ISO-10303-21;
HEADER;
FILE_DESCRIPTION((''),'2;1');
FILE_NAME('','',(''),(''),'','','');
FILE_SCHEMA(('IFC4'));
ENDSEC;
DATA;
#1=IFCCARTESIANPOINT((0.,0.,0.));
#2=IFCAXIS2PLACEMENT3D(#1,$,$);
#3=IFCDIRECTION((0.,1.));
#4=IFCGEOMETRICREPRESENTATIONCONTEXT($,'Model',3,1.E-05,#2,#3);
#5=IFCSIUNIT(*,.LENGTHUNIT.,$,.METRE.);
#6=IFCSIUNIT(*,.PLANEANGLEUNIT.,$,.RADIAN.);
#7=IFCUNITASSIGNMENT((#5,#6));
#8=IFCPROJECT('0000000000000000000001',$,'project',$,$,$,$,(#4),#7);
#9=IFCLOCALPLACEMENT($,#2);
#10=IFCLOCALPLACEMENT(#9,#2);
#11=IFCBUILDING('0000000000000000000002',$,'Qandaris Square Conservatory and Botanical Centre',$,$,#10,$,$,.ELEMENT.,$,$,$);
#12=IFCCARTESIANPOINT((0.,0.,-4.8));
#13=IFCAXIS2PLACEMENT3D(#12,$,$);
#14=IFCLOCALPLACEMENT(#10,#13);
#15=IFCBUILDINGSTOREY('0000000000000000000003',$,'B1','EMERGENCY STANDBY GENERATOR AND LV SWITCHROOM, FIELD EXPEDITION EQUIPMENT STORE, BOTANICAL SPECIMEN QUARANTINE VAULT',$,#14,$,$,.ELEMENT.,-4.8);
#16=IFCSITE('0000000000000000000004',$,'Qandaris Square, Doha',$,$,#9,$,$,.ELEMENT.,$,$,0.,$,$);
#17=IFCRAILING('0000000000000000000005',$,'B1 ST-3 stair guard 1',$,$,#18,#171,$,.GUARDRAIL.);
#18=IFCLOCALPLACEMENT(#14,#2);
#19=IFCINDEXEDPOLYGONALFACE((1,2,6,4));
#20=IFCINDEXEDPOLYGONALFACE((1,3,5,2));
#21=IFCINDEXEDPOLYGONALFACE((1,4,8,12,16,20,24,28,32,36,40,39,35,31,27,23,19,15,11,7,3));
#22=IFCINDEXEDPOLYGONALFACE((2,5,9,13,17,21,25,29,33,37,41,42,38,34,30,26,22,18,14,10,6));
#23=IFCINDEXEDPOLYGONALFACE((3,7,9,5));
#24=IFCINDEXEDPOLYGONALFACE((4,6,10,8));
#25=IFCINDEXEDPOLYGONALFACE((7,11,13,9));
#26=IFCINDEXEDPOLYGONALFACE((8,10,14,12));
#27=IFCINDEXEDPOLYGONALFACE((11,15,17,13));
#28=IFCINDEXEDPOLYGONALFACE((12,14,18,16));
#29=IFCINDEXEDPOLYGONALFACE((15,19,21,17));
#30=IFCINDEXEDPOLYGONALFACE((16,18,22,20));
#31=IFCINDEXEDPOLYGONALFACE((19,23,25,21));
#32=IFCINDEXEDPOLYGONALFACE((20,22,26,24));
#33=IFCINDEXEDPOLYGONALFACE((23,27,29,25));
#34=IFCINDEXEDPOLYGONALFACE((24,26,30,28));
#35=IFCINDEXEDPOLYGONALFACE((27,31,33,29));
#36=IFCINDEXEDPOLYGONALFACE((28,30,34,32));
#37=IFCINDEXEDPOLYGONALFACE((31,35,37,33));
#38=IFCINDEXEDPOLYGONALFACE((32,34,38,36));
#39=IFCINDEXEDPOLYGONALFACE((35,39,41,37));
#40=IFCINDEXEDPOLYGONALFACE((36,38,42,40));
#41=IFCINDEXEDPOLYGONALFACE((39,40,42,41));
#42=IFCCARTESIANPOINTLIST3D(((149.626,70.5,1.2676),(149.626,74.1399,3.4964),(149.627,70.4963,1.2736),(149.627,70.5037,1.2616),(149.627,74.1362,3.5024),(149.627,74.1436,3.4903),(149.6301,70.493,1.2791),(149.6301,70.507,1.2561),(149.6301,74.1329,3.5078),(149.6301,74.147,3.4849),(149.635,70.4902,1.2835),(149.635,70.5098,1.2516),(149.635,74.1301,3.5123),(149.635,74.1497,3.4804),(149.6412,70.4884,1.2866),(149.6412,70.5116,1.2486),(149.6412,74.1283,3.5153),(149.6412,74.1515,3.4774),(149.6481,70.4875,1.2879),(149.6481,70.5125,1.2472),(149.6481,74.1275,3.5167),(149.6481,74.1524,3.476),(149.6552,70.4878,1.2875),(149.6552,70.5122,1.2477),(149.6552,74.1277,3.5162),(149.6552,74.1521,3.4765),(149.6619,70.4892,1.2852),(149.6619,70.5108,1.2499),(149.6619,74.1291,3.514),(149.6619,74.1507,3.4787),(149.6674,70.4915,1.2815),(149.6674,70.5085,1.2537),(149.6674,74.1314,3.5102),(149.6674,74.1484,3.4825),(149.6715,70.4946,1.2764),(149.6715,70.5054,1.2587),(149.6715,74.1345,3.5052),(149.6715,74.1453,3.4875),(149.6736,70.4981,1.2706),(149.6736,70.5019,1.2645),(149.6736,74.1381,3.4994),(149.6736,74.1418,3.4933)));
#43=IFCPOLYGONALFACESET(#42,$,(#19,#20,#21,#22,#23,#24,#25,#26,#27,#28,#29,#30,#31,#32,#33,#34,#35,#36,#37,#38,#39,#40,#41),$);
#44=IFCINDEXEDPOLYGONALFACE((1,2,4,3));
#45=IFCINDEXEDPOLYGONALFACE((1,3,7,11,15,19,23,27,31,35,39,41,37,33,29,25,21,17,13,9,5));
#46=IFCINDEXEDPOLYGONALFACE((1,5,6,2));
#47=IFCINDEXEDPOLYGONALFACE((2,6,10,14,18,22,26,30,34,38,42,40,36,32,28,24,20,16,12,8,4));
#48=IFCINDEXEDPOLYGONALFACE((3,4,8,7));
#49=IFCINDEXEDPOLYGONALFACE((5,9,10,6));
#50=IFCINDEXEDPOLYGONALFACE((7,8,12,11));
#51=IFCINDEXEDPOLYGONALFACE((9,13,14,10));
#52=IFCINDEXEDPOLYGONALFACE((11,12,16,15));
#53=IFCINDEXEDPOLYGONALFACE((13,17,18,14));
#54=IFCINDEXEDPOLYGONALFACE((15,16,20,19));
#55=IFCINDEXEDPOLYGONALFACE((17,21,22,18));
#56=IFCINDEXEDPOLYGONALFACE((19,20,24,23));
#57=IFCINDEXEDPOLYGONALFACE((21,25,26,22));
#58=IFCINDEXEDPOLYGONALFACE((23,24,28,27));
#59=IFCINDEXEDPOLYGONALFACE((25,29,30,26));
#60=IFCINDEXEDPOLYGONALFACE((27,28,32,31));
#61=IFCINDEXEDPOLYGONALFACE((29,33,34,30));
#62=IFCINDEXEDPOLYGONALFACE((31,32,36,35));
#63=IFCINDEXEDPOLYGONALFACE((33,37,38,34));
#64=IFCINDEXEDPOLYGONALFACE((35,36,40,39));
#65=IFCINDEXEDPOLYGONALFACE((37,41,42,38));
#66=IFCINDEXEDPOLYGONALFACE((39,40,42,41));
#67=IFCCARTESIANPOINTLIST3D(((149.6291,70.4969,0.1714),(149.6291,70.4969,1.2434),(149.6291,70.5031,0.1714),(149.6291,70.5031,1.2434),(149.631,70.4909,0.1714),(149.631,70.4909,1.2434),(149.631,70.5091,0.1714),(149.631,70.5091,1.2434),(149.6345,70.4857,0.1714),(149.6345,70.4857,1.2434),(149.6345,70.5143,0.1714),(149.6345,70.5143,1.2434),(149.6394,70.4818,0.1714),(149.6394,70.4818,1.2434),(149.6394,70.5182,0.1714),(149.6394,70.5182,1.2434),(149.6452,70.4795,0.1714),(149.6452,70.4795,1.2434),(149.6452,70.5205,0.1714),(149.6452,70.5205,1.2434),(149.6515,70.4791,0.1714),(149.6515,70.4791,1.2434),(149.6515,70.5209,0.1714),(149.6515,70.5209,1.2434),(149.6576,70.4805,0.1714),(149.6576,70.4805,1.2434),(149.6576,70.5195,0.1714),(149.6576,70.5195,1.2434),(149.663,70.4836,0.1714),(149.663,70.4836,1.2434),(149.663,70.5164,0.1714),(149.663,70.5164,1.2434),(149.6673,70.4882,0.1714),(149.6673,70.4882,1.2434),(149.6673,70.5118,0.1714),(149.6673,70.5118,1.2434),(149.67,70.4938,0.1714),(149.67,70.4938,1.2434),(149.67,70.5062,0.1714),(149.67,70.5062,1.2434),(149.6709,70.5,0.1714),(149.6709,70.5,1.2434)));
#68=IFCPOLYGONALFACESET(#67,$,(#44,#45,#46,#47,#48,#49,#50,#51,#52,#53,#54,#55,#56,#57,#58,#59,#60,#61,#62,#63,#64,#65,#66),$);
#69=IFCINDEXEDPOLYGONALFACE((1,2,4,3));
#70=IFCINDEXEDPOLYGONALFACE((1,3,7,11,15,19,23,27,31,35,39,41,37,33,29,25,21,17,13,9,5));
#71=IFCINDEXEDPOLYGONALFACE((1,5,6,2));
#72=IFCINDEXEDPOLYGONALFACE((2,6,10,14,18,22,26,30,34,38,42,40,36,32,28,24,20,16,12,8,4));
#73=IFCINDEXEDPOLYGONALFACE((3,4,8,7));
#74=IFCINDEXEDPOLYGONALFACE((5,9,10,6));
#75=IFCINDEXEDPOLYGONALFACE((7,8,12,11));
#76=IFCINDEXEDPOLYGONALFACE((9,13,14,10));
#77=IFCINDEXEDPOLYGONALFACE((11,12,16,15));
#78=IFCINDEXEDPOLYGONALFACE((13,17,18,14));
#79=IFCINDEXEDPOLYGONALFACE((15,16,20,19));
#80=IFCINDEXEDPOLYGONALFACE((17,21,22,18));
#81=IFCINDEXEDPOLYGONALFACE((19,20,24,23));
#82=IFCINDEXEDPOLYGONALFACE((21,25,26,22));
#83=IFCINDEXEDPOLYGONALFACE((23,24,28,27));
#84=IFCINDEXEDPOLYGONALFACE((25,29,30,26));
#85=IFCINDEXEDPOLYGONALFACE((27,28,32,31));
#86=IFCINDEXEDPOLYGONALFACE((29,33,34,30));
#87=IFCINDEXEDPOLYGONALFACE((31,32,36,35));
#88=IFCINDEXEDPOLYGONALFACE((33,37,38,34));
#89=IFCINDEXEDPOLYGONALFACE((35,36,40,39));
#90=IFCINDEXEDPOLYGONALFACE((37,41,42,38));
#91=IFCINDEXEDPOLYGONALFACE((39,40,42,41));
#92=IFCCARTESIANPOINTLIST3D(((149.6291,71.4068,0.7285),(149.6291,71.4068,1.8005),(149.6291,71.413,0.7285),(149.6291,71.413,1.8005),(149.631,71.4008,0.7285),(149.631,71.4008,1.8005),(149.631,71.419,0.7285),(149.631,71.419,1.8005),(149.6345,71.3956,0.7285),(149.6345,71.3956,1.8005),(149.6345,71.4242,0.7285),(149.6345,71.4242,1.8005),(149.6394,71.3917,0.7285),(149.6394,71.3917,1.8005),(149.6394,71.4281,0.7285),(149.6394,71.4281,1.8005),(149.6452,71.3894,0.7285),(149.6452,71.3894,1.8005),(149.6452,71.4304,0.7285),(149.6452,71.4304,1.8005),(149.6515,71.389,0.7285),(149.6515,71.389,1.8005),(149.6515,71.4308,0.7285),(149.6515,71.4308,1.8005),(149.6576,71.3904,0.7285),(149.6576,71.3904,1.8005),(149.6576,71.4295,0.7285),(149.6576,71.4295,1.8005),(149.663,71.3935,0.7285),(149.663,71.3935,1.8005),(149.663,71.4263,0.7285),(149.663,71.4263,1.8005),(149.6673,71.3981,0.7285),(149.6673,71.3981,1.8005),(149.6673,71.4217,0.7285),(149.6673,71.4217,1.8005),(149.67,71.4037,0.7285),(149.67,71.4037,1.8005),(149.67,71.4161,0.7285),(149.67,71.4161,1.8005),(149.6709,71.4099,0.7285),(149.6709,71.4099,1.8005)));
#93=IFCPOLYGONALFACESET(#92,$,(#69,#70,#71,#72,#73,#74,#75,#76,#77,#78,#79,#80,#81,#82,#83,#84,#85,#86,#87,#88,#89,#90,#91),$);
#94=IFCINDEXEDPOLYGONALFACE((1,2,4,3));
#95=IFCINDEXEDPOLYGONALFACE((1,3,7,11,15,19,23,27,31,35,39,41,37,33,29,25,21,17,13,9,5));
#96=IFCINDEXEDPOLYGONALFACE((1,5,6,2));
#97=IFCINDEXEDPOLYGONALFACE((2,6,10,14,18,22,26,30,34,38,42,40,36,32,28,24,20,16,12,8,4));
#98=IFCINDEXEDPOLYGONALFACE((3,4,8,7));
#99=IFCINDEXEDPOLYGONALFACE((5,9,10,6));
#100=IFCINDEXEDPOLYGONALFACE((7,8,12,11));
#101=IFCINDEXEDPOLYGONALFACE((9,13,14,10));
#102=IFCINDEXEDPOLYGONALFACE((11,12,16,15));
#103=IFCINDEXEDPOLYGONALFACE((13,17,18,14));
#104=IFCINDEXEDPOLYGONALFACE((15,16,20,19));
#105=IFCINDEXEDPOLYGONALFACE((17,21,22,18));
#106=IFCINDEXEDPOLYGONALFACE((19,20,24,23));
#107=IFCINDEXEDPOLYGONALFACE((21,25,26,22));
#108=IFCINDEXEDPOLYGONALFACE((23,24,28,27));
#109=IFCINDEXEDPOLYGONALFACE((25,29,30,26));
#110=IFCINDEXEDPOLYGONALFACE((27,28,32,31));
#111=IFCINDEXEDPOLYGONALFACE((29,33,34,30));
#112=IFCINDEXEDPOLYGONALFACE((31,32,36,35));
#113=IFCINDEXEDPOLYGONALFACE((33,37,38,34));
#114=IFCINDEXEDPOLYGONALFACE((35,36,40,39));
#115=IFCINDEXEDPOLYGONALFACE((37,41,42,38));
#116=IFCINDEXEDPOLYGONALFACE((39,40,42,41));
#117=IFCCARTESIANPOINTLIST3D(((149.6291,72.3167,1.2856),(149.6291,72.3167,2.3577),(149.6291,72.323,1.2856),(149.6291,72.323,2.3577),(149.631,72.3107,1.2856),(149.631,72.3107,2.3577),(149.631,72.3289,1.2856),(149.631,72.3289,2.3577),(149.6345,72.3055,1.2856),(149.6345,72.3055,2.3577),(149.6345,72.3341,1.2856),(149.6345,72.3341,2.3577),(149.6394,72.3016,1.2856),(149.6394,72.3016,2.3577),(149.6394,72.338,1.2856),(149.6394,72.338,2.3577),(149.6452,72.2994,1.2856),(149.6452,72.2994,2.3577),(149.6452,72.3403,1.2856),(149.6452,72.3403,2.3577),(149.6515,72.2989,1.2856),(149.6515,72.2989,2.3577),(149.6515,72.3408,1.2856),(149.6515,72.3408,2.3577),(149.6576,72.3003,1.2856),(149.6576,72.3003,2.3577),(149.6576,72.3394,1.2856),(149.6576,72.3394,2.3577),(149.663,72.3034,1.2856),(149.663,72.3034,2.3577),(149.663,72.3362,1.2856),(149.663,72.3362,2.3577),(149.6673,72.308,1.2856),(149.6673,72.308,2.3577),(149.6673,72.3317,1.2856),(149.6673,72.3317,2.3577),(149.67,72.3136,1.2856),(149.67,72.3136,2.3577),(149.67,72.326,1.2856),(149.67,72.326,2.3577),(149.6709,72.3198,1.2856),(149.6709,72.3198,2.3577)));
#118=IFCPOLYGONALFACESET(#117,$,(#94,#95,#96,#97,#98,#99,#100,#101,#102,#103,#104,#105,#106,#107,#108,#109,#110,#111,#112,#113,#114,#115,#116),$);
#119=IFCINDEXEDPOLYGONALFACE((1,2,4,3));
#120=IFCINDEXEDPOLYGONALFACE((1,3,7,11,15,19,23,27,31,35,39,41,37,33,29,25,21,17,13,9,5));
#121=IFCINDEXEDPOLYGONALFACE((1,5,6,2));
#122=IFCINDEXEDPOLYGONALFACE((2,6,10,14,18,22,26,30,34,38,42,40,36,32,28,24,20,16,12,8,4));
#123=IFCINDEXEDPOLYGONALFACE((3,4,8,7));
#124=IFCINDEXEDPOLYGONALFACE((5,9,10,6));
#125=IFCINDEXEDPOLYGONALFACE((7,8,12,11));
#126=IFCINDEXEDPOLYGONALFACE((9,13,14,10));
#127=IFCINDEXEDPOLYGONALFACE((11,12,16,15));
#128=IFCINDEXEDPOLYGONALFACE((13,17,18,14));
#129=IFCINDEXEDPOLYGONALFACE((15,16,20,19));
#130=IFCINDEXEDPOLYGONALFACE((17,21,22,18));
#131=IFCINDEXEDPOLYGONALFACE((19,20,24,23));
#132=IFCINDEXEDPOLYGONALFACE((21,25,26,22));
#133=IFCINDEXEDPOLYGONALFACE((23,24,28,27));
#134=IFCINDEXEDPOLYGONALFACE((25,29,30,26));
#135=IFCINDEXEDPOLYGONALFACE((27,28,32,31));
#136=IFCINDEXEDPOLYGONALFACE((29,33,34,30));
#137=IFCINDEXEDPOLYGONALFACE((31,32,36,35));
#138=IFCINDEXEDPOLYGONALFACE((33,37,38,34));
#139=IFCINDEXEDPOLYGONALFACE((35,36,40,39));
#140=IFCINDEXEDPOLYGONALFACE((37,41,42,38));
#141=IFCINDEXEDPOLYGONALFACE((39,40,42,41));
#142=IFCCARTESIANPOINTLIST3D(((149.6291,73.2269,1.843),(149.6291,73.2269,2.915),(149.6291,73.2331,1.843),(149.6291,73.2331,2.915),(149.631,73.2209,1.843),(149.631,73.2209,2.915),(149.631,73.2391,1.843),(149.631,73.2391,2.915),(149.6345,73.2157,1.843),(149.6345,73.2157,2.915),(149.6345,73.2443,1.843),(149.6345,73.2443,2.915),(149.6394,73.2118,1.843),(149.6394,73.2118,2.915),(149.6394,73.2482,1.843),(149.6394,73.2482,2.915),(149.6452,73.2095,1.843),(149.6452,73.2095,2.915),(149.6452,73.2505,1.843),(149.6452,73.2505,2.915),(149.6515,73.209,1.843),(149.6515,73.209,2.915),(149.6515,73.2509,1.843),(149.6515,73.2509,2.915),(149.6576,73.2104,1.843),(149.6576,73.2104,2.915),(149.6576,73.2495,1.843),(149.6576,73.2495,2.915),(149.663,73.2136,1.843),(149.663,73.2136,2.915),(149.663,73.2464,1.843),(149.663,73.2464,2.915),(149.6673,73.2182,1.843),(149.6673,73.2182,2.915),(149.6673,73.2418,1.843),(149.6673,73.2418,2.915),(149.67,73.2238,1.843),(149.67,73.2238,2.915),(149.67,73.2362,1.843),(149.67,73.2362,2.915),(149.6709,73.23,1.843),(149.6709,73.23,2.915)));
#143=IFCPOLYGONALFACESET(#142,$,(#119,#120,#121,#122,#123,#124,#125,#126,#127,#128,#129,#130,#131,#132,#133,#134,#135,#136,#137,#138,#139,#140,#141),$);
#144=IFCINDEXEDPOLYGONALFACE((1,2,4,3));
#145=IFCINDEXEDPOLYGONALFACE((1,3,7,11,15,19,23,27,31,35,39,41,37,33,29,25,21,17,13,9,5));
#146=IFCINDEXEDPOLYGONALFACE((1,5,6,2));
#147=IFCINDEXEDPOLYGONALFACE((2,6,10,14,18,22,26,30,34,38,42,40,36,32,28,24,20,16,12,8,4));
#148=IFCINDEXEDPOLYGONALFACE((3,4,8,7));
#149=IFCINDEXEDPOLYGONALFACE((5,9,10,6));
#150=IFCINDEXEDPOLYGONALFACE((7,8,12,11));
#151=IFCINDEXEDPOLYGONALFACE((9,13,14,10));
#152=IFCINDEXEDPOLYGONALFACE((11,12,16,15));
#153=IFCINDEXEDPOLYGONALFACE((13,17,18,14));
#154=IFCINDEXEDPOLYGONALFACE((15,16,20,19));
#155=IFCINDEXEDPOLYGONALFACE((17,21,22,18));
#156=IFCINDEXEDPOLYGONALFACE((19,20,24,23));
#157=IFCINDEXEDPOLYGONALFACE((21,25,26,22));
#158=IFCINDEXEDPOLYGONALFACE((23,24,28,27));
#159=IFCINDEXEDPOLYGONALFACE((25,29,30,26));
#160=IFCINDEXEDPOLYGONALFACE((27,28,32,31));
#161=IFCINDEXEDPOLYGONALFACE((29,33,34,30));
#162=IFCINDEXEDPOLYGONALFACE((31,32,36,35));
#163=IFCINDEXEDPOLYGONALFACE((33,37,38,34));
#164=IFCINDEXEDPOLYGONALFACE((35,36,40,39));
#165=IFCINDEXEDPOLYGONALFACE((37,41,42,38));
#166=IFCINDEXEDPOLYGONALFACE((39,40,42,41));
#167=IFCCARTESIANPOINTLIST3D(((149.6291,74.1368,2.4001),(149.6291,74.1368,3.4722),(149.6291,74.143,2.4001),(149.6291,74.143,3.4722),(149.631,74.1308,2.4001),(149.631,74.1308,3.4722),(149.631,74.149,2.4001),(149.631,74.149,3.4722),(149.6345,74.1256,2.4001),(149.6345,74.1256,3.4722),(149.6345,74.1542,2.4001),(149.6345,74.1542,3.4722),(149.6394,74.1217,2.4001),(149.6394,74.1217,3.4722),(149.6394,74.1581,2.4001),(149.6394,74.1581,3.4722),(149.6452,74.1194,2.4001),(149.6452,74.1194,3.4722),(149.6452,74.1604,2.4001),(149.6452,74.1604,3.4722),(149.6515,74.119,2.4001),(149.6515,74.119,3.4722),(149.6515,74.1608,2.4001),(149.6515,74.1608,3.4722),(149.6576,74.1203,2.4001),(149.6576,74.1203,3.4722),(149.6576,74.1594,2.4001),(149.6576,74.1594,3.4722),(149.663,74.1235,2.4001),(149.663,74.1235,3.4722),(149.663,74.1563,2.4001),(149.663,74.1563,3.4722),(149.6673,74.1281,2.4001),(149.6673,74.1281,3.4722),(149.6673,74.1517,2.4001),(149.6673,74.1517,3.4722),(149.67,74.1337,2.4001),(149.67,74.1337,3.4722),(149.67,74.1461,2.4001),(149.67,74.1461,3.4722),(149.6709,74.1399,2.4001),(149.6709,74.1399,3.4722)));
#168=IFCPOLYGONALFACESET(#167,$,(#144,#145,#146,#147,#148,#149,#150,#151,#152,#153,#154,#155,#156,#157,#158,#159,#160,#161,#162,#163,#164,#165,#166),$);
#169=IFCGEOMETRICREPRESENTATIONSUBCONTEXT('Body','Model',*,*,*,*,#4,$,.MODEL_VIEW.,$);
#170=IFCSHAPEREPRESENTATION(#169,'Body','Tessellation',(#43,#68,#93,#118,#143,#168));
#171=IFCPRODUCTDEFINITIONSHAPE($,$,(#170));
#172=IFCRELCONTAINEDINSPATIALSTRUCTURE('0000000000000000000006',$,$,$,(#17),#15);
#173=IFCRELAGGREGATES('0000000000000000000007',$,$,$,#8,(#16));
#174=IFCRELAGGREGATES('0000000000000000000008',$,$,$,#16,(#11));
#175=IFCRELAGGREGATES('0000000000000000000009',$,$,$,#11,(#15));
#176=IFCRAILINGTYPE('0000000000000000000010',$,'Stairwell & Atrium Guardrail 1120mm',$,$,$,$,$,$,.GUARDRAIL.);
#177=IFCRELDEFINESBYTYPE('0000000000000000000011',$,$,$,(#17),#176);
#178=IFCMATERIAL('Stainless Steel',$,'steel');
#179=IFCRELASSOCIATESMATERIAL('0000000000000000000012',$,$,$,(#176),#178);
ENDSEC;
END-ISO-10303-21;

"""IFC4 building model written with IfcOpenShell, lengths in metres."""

from ifc_helpers import new_model, si_unit, direction, frame, origin, origin_2d, place, context, subcontext, project, spatial, circle, extrude, material, type_object, element, save


model = new_model("IFC4")

# Units and contexts
model_context = context("Model", 3, precision=1e-05, world=origin(), true_north=direction((0.0, 1.0)))
body_context = subcontext(model_context, "Body", "Model", "MODEL_VIEW")
ifc_project = project(units=[si_unit("LENGTHUNIT", "METRE"), si_unit("PLANEANGLEUNIT", "RADIAN")], contexts=[model_context])

# Site, building, storey
site_placement = place(None, origin())
site = spatial("IfcSite", under=ifc_project, at=site_placement, Name="Qandaris Square, Doha", CompositionType="ELEMENT", RefElevation=0.0)
building_placement = place(site_placement, origin())
building = spatial("IfcBuilding", under=site, at=building_placement, Name="Qandaris Square Conservatory and Botanical Centre", CompositionType="ELEMENT")
storey_placement = place(building_placement, frame((0.0, 0.0, -4.8)))
storey = spatial("IfcBuildingStorey", under=building, at=storey_placement, Name="B1", Description="EMERGENCY STANDBY GENERATOR AND LV SWITCHROOM, FIELD EXPEDITION EQUIPMENT STORE, BOTANICAL SPECIMEN QUARANTINE VAULT", CompositionType="ELEMENT", Elevation=-4.8)

# Railing
ifc_material_1 = material(Name="Stainless Steel", Category="steel")
railing_type_1 = type_object("IfcRailingType", Name="Stairwell & Atrium Guardrail 1120mm", PredefinedType="GUARDRAIL", material=ifc_material_1)
railing_1_placement = place(storey_placement, frame((149.6499, 70.5, 0.1714)))
element("IfcRailing", 1, at=railing_1_placement, inside=storey, type_object=railing_type_1, Name="B1 ST-3 stair guard 1", PredefinedType="GUARDRAIL", context=body_context, shape_type="SweptSolid", body=[
    extrude(circle(Radius=0.0239, at=origin_2d()), frame((0.0, 0.0, 1.0962), z_axis=(0.0, 0.852825, 0.522197), x_axis=(-1.0, 0.0, 0.0)), (0.0, 0.0, 1.0), 4.2681),
    extrude(circle(Radius=0.021, at=origin_2d()), origin(), (0.0, 0.0, 1.0), 1.072),
    extrude(circle(Radius=0.021, at=origin_2d()), frame((0.0, 0.9099, 0.5571)), (0.0, 0.0, 1.0), 1.072),
    extrude(circle(Radius=0.021, at=origin_2d()), frame((0.0, 1.8198, 1.1143)), (0.0, 0.0, 1.0), 1.072),
    extrude(circle(Radius=0.021, at=origin_2d()), frame((0.0, 2.73, 1.6716)), (0.0, 0.0, 1.0), 1.072),
    extrude(circle(Radius=0.021, at=origin_2d()), frame((0.0, 3.6399, 2.2288)), (0.0, 0.0, 1.0), 1.072),
])

save(model, "model.ifc")
